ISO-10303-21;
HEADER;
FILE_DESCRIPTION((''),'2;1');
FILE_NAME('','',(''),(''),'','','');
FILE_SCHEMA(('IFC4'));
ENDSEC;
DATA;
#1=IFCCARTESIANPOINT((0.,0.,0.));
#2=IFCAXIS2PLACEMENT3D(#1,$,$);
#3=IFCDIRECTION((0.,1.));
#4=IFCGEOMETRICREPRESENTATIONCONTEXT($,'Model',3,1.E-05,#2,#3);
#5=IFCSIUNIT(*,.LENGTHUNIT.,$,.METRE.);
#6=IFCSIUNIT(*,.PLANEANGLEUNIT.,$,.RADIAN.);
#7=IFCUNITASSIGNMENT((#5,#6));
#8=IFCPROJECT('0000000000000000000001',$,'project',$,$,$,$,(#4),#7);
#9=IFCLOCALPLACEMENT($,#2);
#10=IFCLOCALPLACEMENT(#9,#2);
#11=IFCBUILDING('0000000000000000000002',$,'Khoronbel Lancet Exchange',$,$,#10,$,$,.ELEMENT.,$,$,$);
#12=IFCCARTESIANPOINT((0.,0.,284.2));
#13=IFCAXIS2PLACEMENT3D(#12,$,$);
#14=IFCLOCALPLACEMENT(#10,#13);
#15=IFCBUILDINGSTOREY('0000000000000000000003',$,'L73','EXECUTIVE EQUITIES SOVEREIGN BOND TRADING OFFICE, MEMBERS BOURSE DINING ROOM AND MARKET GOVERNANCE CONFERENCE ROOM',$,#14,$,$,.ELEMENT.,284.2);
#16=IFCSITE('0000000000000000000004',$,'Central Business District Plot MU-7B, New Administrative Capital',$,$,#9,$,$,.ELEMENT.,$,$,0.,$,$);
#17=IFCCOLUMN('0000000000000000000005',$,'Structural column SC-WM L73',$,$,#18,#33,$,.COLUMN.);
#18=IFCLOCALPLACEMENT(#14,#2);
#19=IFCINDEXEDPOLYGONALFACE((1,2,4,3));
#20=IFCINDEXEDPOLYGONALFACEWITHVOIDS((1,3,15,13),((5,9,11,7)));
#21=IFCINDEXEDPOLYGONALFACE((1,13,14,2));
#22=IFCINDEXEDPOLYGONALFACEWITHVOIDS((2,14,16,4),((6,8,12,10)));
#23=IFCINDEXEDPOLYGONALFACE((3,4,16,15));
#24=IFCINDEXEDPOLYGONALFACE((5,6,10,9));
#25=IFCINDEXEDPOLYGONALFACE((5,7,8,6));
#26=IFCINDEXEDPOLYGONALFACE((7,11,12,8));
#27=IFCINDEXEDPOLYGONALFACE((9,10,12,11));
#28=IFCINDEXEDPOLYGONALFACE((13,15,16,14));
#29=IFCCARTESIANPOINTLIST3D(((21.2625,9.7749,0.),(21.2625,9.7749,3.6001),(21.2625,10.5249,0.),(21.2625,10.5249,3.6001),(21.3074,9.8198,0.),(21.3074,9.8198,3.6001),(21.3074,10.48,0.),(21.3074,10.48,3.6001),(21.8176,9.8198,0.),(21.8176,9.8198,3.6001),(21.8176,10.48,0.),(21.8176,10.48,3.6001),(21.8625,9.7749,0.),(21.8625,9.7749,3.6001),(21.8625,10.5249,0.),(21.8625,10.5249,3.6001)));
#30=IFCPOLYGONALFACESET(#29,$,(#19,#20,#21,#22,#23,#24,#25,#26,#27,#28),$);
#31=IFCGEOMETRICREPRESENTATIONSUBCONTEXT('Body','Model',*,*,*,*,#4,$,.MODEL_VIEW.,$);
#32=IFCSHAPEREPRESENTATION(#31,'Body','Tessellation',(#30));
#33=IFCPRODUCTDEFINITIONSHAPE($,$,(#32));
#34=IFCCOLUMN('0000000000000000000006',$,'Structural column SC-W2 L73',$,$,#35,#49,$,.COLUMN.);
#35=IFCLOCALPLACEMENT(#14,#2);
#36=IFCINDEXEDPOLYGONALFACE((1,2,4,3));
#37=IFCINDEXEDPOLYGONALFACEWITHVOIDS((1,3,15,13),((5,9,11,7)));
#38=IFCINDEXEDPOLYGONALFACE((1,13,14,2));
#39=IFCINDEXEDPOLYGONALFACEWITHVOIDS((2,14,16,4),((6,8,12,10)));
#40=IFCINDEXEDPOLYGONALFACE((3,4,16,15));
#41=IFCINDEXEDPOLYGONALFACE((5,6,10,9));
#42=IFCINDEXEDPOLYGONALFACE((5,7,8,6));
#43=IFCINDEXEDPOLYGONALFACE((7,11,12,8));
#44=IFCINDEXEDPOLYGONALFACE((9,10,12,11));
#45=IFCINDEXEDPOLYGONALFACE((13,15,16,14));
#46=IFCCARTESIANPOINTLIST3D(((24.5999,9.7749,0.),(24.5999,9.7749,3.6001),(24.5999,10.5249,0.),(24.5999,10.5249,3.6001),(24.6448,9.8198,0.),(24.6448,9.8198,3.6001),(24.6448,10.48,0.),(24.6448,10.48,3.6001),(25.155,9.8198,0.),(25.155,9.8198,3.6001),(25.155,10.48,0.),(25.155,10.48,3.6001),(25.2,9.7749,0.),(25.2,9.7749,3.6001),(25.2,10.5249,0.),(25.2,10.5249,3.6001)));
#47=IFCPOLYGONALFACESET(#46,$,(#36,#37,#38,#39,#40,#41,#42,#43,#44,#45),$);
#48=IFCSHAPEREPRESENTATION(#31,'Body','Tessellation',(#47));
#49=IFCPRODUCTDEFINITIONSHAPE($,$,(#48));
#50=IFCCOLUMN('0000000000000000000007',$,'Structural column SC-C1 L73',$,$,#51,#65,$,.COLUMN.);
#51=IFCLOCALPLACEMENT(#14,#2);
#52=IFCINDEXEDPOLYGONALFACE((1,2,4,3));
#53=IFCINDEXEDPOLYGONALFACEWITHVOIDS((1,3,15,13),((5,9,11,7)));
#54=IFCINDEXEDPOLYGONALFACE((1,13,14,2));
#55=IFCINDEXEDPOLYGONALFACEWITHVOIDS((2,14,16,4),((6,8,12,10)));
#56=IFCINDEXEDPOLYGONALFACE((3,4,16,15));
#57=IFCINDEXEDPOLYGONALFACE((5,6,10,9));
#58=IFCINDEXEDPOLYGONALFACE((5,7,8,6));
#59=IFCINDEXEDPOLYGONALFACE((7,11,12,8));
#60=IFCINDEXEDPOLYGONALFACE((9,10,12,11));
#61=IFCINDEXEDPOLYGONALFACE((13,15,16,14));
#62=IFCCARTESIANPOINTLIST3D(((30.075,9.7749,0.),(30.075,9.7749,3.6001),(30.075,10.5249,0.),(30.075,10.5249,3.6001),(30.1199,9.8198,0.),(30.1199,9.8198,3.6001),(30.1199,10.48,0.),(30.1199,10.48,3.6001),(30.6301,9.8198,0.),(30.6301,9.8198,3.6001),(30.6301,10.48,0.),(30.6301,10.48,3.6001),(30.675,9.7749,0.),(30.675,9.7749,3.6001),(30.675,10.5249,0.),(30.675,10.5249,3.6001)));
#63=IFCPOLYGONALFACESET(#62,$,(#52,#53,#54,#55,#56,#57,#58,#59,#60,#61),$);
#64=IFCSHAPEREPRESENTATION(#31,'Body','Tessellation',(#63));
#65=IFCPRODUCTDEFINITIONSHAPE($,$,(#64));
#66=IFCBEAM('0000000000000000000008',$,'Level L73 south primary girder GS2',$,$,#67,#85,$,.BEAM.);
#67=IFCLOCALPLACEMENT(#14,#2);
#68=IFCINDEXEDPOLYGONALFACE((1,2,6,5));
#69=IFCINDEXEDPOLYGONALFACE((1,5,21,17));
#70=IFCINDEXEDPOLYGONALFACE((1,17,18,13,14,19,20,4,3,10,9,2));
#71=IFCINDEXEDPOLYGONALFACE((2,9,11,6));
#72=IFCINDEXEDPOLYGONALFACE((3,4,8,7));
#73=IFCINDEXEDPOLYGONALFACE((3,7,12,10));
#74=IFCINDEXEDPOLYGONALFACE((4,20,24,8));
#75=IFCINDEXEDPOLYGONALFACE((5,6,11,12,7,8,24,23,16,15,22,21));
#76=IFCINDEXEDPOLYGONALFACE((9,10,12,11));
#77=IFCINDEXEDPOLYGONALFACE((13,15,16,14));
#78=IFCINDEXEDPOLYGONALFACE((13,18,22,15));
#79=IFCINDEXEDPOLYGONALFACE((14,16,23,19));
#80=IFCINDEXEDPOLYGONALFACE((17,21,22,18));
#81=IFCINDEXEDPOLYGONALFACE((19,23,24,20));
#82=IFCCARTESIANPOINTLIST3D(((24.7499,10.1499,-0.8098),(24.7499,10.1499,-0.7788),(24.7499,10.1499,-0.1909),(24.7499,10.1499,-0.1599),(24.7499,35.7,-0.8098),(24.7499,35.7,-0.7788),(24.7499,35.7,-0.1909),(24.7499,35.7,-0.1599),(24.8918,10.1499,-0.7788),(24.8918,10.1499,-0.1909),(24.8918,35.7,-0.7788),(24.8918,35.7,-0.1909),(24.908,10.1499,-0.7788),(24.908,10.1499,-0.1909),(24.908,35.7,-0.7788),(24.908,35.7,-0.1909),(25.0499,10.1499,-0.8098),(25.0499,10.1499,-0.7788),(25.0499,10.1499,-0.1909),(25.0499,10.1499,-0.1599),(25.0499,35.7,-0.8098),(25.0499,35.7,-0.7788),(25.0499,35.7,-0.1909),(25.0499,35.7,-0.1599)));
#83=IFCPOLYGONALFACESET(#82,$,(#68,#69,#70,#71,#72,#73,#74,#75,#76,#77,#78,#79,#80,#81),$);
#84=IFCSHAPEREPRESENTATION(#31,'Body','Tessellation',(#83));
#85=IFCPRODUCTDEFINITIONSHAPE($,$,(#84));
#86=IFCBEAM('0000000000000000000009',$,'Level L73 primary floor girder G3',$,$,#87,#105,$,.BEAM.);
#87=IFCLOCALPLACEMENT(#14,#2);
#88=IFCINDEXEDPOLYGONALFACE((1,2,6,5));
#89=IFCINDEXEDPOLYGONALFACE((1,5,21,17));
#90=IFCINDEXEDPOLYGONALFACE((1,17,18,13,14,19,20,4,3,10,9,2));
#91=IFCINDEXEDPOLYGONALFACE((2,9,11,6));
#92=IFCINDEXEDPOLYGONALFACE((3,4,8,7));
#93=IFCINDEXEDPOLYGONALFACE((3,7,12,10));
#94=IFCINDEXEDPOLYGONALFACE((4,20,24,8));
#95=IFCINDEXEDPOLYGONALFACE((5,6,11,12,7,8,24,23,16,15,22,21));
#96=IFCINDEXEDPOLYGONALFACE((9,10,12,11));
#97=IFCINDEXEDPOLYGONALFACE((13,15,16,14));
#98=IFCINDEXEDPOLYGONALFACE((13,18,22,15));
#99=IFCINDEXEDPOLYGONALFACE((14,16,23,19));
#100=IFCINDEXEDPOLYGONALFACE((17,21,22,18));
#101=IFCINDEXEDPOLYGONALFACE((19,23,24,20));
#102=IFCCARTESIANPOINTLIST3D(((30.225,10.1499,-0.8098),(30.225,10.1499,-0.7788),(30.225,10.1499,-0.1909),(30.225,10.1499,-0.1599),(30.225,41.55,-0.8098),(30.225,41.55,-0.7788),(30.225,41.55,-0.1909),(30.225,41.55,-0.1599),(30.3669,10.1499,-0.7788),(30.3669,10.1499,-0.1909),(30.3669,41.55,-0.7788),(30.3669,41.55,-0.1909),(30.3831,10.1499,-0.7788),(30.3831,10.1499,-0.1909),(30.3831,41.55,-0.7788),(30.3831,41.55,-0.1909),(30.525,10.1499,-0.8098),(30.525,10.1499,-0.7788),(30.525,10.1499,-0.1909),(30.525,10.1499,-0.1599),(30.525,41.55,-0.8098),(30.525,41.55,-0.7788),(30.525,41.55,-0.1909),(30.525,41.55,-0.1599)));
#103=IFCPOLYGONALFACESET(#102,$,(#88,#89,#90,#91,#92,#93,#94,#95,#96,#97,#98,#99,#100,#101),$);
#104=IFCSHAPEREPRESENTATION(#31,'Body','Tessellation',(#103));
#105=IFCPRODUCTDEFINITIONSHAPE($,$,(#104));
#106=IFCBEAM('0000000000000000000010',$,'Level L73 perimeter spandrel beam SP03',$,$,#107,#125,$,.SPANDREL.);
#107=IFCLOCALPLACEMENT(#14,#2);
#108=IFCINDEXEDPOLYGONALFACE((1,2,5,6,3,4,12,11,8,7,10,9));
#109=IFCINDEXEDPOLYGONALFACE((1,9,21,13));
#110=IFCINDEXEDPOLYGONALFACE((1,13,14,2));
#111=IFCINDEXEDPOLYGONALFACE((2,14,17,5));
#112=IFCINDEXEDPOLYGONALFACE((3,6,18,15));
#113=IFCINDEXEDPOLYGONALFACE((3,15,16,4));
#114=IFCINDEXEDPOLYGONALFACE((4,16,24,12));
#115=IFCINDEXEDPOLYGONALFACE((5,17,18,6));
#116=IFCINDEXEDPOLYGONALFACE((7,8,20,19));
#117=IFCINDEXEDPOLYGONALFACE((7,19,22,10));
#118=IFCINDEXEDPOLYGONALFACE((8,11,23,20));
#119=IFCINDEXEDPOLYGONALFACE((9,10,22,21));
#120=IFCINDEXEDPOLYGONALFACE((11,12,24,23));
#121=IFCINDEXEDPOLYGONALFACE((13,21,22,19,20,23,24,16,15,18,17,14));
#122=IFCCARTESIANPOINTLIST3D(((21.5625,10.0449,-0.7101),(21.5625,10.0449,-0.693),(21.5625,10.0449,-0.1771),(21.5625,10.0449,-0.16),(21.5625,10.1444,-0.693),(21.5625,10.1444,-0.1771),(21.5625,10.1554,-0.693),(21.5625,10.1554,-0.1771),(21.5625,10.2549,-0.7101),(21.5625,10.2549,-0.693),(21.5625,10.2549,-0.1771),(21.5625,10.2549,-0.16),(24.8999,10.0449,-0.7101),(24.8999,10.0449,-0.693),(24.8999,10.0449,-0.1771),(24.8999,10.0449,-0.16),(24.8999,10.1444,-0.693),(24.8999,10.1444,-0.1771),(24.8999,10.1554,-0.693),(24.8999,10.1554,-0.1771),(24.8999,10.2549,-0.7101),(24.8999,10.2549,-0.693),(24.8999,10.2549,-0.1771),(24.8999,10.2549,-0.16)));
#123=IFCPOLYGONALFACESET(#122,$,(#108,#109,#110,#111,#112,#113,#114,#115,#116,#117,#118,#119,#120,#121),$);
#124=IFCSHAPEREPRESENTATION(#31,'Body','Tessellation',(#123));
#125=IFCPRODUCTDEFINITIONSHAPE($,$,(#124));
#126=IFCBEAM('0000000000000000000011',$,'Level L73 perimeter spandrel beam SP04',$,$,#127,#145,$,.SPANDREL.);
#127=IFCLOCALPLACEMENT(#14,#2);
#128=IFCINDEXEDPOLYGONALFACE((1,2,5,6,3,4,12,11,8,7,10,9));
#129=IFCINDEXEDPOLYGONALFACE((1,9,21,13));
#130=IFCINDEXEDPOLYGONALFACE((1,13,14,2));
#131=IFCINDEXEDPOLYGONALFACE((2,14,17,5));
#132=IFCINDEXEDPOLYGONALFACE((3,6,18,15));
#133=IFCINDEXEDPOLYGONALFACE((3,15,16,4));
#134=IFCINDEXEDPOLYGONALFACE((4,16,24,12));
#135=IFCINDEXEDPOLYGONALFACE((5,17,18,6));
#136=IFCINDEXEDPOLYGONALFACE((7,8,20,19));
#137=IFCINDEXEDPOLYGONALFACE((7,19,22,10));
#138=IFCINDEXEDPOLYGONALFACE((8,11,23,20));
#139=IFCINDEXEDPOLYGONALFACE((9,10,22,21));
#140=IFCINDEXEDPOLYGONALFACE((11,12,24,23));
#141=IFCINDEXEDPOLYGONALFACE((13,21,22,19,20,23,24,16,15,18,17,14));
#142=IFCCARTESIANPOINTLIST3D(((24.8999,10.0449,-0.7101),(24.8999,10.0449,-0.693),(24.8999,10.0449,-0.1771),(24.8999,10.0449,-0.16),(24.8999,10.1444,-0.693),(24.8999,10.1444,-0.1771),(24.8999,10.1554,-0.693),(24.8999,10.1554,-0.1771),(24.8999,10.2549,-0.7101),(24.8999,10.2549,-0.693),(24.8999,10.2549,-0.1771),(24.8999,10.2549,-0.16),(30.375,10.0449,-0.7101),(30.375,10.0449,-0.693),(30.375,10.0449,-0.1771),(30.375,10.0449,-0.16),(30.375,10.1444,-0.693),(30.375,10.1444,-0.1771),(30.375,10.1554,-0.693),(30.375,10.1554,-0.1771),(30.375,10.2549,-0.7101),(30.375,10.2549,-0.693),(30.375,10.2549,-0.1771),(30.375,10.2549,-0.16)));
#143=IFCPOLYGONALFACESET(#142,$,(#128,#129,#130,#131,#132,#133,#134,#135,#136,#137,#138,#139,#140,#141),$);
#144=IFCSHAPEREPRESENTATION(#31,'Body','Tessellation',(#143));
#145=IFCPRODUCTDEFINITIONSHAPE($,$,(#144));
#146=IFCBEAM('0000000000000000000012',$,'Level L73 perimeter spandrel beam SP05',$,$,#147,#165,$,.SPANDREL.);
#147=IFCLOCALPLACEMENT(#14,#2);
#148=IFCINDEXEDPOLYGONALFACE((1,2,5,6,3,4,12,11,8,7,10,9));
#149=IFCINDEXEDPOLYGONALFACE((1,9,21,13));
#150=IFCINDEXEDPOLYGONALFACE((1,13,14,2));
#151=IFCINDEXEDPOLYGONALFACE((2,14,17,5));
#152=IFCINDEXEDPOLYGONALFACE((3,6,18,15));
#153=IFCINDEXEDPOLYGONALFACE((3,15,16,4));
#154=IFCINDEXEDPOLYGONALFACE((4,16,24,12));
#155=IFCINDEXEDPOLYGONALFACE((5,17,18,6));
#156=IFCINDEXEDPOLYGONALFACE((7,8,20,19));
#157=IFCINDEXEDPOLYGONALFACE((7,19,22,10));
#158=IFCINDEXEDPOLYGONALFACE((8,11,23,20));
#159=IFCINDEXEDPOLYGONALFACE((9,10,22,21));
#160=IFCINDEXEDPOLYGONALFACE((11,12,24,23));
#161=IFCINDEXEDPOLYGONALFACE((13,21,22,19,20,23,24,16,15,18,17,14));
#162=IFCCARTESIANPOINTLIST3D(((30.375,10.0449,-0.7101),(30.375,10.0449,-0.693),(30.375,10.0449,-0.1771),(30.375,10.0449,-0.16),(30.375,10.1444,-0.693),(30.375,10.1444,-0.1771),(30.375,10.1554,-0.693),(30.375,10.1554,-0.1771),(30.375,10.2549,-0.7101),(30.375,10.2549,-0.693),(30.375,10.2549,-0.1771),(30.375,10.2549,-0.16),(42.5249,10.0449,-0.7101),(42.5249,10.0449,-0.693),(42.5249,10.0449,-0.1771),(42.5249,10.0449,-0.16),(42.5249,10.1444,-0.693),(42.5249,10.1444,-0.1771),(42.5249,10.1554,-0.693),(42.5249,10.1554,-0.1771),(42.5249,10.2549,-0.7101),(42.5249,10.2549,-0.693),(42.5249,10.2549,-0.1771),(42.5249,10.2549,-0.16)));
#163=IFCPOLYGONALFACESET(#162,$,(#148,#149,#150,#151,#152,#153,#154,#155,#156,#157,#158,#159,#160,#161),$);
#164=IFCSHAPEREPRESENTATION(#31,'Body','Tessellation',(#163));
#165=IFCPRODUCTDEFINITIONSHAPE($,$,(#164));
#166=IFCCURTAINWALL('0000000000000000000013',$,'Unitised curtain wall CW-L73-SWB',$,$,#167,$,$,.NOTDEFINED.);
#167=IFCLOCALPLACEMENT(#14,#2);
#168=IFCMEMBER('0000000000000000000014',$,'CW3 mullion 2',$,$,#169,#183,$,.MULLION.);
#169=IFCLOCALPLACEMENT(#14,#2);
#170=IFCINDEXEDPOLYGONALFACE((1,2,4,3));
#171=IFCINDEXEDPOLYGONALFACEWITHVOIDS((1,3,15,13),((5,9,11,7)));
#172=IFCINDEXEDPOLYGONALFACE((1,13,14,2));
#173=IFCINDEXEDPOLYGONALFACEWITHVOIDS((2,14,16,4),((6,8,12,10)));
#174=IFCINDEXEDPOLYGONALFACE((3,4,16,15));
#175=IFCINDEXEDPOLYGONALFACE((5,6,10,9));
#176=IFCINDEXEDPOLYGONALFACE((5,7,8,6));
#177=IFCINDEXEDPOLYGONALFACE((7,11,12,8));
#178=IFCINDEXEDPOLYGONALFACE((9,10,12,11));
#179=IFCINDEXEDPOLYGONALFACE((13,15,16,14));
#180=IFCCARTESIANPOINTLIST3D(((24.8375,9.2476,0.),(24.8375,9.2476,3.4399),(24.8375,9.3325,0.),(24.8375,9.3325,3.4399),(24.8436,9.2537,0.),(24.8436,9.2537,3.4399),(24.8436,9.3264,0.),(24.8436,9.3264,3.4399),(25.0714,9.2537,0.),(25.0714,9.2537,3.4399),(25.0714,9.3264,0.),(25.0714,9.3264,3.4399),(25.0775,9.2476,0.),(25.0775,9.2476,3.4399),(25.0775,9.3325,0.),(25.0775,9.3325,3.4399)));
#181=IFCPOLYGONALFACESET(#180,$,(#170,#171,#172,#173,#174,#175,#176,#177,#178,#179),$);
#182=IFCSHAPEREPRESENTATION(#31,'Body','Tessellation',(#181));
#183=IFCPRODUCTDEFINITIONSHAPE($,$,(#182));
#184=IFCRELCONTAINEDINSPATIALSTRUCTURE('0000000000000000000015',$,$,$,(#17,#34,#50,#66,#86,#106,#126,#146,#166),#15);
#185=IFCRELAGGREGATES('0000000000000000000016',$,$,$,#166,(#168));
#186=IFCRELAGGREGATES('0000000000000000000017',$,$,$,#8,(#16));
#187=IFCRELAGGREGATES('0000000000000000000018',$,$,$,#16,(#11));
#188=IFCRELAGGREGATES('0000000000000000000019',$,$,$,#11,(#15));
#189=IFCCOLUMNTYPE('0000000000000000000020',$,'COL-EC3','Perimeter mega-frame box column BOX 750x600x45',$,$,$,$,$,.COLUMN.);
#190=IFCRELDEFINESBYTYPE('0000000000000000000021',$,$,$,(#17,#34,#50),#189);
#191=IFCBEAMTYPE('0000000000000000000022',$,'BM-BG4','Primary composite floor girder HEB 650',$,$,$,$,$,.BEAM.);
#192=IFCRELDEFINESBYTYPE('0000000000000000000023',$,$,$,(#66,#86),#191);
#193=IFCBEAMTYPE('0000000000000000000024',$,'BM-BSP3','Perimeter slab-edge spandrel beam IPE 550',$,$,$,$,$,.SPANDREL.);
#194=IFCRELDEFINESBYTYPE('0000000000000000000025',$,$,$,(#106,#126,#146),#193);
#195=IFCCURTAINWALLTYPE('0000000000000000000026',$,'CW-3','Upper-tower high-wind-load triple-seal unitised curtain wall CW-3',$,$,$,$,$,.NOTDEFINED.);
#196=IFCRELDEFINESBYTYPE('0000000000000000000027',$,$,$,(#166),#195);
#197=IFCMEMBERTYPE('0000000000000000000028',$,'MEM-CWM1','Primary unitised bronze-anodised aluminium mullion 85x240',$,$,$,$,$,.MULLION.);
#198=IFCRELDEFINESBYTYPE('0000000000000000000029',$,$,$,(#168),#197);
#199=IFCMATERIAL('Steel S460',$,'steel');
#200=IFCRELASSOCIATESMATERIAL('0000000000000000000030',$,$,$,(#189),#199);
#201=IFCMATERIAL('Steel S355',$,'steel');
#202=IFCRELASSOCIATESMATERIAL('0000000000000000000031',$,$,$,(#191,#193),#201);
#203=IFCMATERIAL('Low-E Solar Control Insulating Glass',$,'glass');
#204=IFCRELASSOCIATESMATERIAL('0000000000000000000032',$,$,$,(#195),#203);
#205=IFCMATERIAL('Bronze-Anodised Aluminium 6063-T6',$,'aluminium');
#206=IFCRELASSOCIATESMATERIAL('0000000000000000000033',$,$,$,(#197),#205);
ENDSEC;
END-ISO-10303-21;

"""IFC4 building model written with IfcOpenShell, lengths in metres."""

from ifc_helpers import new_model, si_unit, direction, frame, origin, origin_2d, place, context, subcontext, project, spatial, hollow_rectangle, i_section, extrude, material, material_profile, profile_set, type_object, element, aggregate, save


model = new_model("IFC4")

# Units and contexts
model_context = context("Model", 3, precision=1e-05, world=origin(), true_north=direction((0.0, 1.0)))
body_context = subcontext(model_context, "Body", "Model", "MODEL_VIEW")
ifc_project = project(units=[si_unit("LENGTHUNIT", "METRE"), si_unit("PLANEANGLEUNIT", "RADIAN")], contexts=[model_context])

# Site, building, storey
site_placement = place(None, origin())
site = spatial("IfcSite", under=ifc_project, at=site_placement, Name="Central Business District Plot MU-7B, New Administrative Capital", CompositionType="ELEMENT", RefElevation=0.0)
building_placement = place(site_placement, origin())
building = spatial("IfcBuilding", under=site, at=building_placement, Name="Khoronbel Lancet Exchange", CompositionType="ELEMENT")
storey_placement = place(building_placement, frame((0.0, 0.0, 284.2)))
storey = spatial("IfcBuildingStorey", under=building, at=storey_placement, Name="L73", Description="EXECUTIVE EQUITIES SOVEREIGN BOND TRADING OFFICE, MEMBERS BOURSE DINING ROOM AND MARKET GOVERNANCE CONFERENCE ROOM", CompositionType="ELEMENT", Elevation=284.2)

# Columns
ifc_material_1 = material(Name="Steel S460", Category="steel")
ifc_material_profile_1 = material_profile(ifc_material_1, hollow_rectangle(XDim=0.6001, YDim=0.75, WallThickness=0.0449, at=origin_2d()), Name="BOX 750x600x45")
ifc_profile_set_1 = profile_set([ifc_material_profile_1], Name="Steel S460")
column_type = type_object("IfcColumnType", Name="COL-EC3", Description="Perimeter mega-frame box column BOX 750x600x45", PredefinedType="COLUMN", material=ifc_profile_set_1)
for number, where, z_axis, x_axis, name in (
    (1, (21.5625, 10.1499, 0.0), (0.0, 0.0, 1.0), (1.0, 0.0, 0.0), "Structural column SC-WM L73"),
    (2, (24.8999, 10.1499, 0.0), (0.0, 0.0, 1.0), (1.0, 0.0, 0.0), "Structural column SC-W2 L73"),
    (3, (30.375, 10.1499, 0.0), (0.0, 0.0, 1.0), (1.0, 0.0, 0.0), "Structural column SC-C1 L73"),
):
    element("IfcColumn", number, at=place(storey_placement, frame(where, z_axis=z_axis, x_axis=x_axis)), inside=storey, type_object=column_type, Name=name, PredefinedType="COLUMN", context=body_context, shape_type="SweptSolid", body=[
        extrude(hollow_rectangle(XDim=0.6001, YDim=0.75, WallThickness=0.0449, at=origin_2d()), origin(), (0.0, 0.0, 1.0), 3.6001),
    ])

# Beams
ifc_material_2 = material(Name="Steel S355", Category="steel")
ifc_material_profile_2 = material_profile(ifc_material_2, i_section(OverallWidth=0.3, OverallDepth=0.6499, WebThickness=0.0161, FlangeThickness=0.031, at=origin_2d()), Name="HEB 650")
ifc_profile_set_2 = profile_set([ifc_material_profile_2], Name="Steel S355")
beam_type_1 = type_object("IfcBeamType", Name="BM-BG4", Description="Primary composite floor girder HEB 650", PredefinedType="BEAM", material=ifc_profile_set_2)
beam_1_placement = place(storey_placement, frame((24.8999, 10.1499, -0.4849), z_axis=(0.0, 1.0, 0.0), x_axis=(-1.0, 0.0, 0.0)))
element("IfcBeam", 4, at=beam_1_placement, inside=storey, type_object=beam_type_1, Name="Level L73 south primary girder GS2", PredefinedType="BEAM", context=body_context, shape_type="SweptSolid", body=[
    extrude(i_section(OverallWidth=0.3, OverallDepth=0.6499, WebThickness=0.0161, FlangeThickness=0.031, at=origin_2d()), origin(), (0.0, 0.0, 1.0), 25.55),
])
beam_2_placement = place(storey_placement, frame((30.375, 10.1499, -0.4849), z_axis=(0.0, 1.0, 0.0), x_axis=(-1.0, 0.0, 0.0)))
element("IfcBeam", 5, at=beam_2_placement, inside=storey, type_object=beam_type_1, Name="Level L73 primary floor girder G3", PredefinedType="BEAM", context=body_context, shape_type="SweptSolid", body=[
    extrude(i_section(OverallWidth=0.3, OverallDepth=0.6499, WebThickness=0.0161, FlangeThickness=0.031, at=origin_2d()), origin(), (0.0, 0.0, 1.0), 31.4001),
])
ifc_material_profile_3 = material_profile(ifc_material_2, i_section(OverallWidth=0.21, OverallDepth=0.55, WebThickness=0.011, FlangeThickness=0.0171, at=origin_2d()), Name="IPE 550")
ifc_profile_set_3 = profile_set([ifc_material_profile_3], Name="Steel S355")
beam_type_2 = type_object("IfcBeamType", Name="BM-BSP3", Description="Perimeter slab-edge spandrel beam IPE 550", PredefinedType="SPANDREL", material=ifc_profile_set_3)
beam_3_placement = place(storey_placement, frame((21.5625, 10.1499, -0.4351), z_axis=(1.0, 0.0, 0.0), x_axis=(0.0, 1.0, 0.0)))
element("IfcBeam", 6, at=beam_3_placement, inside=storey, type_object=beam_type_2, Name="Level L73 perimeter spandrel beam SP03", PredefinedType="SPANDREL", context=body_context, shape_type="SweptSolid", body=[
    extrude(i_section(OverallWidth=0.21, OverallDepth=0.55, WebThickness=0.011, FlangeThickness=0.0171, at=origin_2d()), origin(), (0.0, 0.0, 1.0), 3.3374),
])
beam_4_placement = place(storey_placement, frame((24.8999, 10.1499, -0.4351), z_axis=(1.0, 0.0, 0.0), x_axis=(0.0, 1.0, 0.0)))
element("IfcBeam", 7, at=beam_4_placement, inside=storey, type_object=beam_type_2, Name="Level L73 perimeter spandrel beam SP04", PredefinedType="SPANDREL", context=body_context, shape_type="SweptSolid", body=[
    extrude(i_section(OverallWidth=0.21, OverallDepth=0.55, WebThickness=0.011, FlangeThickness=0.0171, at=origin_2d()), origin(), (0.0, 0.0, 1.0), 5.4751),
])
beam_5_placement = place(storey_placement, frame((30.375, 10.1499, -0.4351), z_axis=(1.0, 0.0, 0.0), x_axis=(0.0, 1.0, 0.0)))
element("IfcBeam", 8, at=beam_5_placement, inside=storey, type_object=beam_type_2, Name="Level L73 perimeter spandrel beam SP05", PredefinedType="SPANDREL", context=body_context, shape_type="SweptSolid", body=[
    extrude(i_section(OverallWidth=0.21, OverallDepth=0.55, WebThickness=0.011, FlangeThickness=0.0171, at=origin_2d()), origin(), (0.0, 0.0, 1.0), 12.1499),
])

# Curtain wall, member
ifc_material_3 = material(Name="Low-E Solar Control Insulating Glass", Category="glass")
curtain_wall_type = type_object("IfcCurtainWallType", Name="CW-3", Description="Upper-tower high-wind-load triple-seal unitised curtain wall CW-3", PredefinedType="NOTDEFINED", material=ifc_material_3)
curtain_wall_1_placement = place(storey_placement, origin())
curtain_wall_1 = element("IfcCurtainWall", 9, at=curtain_wall_1_placement, inside=storey, type_object=curtain_wall_type, Name="Unitised curtain wall CW-L73-SWB", PredefinedType="NOTDEFINED")
ifc_material_4 = material(Name="Bronze-Anodised Aluminium 6063-T6", Category="aluminium")
ifc_material_profile_4 = material_profile(ifc_material_4, hollow_rectangle(XDim=0.085, YDim=0.24, WallThickness=0.0061, at=origin_2d()), Name="ALU MULLION 85x240")
ifc_profile_set_4 = profile_set([ifc_material_profile_4], Name="Bronze-Anodised Aluminium 6063-T6")
member_type_1 = type_object("IfcMemberType", Name="MEM-CWM1", Description="Primary unitised bronze-anodised aluminium mullion 85x240", PredefinedType="MULLION", material=ifc_profile_set_4)
member_1_placement = place(storey_placement, frame((24.9575, 9.29, 0.0), z_axis=(0.0, 0.0, 1.0), x_axis=(0.0, 1.0, 0.0)))
member_1 = element("IfcMember", 10, at=member_1_placement, type_object=member_type_1, Name="CW3 mullion 2", PredefinedType="MULLION", context=body_context, shape_type="SweptSolid", body=[
    extrude(hollow_rectangle(XDim=0.085, YDim=0.24, WallThickness=0.0061, at=origin_2d()), origin(), (0.0, 0.0, 1.0), 3.4399),
])

aggregate(curtain_wall_1, [member_1])

save(model, "model.ifc")
